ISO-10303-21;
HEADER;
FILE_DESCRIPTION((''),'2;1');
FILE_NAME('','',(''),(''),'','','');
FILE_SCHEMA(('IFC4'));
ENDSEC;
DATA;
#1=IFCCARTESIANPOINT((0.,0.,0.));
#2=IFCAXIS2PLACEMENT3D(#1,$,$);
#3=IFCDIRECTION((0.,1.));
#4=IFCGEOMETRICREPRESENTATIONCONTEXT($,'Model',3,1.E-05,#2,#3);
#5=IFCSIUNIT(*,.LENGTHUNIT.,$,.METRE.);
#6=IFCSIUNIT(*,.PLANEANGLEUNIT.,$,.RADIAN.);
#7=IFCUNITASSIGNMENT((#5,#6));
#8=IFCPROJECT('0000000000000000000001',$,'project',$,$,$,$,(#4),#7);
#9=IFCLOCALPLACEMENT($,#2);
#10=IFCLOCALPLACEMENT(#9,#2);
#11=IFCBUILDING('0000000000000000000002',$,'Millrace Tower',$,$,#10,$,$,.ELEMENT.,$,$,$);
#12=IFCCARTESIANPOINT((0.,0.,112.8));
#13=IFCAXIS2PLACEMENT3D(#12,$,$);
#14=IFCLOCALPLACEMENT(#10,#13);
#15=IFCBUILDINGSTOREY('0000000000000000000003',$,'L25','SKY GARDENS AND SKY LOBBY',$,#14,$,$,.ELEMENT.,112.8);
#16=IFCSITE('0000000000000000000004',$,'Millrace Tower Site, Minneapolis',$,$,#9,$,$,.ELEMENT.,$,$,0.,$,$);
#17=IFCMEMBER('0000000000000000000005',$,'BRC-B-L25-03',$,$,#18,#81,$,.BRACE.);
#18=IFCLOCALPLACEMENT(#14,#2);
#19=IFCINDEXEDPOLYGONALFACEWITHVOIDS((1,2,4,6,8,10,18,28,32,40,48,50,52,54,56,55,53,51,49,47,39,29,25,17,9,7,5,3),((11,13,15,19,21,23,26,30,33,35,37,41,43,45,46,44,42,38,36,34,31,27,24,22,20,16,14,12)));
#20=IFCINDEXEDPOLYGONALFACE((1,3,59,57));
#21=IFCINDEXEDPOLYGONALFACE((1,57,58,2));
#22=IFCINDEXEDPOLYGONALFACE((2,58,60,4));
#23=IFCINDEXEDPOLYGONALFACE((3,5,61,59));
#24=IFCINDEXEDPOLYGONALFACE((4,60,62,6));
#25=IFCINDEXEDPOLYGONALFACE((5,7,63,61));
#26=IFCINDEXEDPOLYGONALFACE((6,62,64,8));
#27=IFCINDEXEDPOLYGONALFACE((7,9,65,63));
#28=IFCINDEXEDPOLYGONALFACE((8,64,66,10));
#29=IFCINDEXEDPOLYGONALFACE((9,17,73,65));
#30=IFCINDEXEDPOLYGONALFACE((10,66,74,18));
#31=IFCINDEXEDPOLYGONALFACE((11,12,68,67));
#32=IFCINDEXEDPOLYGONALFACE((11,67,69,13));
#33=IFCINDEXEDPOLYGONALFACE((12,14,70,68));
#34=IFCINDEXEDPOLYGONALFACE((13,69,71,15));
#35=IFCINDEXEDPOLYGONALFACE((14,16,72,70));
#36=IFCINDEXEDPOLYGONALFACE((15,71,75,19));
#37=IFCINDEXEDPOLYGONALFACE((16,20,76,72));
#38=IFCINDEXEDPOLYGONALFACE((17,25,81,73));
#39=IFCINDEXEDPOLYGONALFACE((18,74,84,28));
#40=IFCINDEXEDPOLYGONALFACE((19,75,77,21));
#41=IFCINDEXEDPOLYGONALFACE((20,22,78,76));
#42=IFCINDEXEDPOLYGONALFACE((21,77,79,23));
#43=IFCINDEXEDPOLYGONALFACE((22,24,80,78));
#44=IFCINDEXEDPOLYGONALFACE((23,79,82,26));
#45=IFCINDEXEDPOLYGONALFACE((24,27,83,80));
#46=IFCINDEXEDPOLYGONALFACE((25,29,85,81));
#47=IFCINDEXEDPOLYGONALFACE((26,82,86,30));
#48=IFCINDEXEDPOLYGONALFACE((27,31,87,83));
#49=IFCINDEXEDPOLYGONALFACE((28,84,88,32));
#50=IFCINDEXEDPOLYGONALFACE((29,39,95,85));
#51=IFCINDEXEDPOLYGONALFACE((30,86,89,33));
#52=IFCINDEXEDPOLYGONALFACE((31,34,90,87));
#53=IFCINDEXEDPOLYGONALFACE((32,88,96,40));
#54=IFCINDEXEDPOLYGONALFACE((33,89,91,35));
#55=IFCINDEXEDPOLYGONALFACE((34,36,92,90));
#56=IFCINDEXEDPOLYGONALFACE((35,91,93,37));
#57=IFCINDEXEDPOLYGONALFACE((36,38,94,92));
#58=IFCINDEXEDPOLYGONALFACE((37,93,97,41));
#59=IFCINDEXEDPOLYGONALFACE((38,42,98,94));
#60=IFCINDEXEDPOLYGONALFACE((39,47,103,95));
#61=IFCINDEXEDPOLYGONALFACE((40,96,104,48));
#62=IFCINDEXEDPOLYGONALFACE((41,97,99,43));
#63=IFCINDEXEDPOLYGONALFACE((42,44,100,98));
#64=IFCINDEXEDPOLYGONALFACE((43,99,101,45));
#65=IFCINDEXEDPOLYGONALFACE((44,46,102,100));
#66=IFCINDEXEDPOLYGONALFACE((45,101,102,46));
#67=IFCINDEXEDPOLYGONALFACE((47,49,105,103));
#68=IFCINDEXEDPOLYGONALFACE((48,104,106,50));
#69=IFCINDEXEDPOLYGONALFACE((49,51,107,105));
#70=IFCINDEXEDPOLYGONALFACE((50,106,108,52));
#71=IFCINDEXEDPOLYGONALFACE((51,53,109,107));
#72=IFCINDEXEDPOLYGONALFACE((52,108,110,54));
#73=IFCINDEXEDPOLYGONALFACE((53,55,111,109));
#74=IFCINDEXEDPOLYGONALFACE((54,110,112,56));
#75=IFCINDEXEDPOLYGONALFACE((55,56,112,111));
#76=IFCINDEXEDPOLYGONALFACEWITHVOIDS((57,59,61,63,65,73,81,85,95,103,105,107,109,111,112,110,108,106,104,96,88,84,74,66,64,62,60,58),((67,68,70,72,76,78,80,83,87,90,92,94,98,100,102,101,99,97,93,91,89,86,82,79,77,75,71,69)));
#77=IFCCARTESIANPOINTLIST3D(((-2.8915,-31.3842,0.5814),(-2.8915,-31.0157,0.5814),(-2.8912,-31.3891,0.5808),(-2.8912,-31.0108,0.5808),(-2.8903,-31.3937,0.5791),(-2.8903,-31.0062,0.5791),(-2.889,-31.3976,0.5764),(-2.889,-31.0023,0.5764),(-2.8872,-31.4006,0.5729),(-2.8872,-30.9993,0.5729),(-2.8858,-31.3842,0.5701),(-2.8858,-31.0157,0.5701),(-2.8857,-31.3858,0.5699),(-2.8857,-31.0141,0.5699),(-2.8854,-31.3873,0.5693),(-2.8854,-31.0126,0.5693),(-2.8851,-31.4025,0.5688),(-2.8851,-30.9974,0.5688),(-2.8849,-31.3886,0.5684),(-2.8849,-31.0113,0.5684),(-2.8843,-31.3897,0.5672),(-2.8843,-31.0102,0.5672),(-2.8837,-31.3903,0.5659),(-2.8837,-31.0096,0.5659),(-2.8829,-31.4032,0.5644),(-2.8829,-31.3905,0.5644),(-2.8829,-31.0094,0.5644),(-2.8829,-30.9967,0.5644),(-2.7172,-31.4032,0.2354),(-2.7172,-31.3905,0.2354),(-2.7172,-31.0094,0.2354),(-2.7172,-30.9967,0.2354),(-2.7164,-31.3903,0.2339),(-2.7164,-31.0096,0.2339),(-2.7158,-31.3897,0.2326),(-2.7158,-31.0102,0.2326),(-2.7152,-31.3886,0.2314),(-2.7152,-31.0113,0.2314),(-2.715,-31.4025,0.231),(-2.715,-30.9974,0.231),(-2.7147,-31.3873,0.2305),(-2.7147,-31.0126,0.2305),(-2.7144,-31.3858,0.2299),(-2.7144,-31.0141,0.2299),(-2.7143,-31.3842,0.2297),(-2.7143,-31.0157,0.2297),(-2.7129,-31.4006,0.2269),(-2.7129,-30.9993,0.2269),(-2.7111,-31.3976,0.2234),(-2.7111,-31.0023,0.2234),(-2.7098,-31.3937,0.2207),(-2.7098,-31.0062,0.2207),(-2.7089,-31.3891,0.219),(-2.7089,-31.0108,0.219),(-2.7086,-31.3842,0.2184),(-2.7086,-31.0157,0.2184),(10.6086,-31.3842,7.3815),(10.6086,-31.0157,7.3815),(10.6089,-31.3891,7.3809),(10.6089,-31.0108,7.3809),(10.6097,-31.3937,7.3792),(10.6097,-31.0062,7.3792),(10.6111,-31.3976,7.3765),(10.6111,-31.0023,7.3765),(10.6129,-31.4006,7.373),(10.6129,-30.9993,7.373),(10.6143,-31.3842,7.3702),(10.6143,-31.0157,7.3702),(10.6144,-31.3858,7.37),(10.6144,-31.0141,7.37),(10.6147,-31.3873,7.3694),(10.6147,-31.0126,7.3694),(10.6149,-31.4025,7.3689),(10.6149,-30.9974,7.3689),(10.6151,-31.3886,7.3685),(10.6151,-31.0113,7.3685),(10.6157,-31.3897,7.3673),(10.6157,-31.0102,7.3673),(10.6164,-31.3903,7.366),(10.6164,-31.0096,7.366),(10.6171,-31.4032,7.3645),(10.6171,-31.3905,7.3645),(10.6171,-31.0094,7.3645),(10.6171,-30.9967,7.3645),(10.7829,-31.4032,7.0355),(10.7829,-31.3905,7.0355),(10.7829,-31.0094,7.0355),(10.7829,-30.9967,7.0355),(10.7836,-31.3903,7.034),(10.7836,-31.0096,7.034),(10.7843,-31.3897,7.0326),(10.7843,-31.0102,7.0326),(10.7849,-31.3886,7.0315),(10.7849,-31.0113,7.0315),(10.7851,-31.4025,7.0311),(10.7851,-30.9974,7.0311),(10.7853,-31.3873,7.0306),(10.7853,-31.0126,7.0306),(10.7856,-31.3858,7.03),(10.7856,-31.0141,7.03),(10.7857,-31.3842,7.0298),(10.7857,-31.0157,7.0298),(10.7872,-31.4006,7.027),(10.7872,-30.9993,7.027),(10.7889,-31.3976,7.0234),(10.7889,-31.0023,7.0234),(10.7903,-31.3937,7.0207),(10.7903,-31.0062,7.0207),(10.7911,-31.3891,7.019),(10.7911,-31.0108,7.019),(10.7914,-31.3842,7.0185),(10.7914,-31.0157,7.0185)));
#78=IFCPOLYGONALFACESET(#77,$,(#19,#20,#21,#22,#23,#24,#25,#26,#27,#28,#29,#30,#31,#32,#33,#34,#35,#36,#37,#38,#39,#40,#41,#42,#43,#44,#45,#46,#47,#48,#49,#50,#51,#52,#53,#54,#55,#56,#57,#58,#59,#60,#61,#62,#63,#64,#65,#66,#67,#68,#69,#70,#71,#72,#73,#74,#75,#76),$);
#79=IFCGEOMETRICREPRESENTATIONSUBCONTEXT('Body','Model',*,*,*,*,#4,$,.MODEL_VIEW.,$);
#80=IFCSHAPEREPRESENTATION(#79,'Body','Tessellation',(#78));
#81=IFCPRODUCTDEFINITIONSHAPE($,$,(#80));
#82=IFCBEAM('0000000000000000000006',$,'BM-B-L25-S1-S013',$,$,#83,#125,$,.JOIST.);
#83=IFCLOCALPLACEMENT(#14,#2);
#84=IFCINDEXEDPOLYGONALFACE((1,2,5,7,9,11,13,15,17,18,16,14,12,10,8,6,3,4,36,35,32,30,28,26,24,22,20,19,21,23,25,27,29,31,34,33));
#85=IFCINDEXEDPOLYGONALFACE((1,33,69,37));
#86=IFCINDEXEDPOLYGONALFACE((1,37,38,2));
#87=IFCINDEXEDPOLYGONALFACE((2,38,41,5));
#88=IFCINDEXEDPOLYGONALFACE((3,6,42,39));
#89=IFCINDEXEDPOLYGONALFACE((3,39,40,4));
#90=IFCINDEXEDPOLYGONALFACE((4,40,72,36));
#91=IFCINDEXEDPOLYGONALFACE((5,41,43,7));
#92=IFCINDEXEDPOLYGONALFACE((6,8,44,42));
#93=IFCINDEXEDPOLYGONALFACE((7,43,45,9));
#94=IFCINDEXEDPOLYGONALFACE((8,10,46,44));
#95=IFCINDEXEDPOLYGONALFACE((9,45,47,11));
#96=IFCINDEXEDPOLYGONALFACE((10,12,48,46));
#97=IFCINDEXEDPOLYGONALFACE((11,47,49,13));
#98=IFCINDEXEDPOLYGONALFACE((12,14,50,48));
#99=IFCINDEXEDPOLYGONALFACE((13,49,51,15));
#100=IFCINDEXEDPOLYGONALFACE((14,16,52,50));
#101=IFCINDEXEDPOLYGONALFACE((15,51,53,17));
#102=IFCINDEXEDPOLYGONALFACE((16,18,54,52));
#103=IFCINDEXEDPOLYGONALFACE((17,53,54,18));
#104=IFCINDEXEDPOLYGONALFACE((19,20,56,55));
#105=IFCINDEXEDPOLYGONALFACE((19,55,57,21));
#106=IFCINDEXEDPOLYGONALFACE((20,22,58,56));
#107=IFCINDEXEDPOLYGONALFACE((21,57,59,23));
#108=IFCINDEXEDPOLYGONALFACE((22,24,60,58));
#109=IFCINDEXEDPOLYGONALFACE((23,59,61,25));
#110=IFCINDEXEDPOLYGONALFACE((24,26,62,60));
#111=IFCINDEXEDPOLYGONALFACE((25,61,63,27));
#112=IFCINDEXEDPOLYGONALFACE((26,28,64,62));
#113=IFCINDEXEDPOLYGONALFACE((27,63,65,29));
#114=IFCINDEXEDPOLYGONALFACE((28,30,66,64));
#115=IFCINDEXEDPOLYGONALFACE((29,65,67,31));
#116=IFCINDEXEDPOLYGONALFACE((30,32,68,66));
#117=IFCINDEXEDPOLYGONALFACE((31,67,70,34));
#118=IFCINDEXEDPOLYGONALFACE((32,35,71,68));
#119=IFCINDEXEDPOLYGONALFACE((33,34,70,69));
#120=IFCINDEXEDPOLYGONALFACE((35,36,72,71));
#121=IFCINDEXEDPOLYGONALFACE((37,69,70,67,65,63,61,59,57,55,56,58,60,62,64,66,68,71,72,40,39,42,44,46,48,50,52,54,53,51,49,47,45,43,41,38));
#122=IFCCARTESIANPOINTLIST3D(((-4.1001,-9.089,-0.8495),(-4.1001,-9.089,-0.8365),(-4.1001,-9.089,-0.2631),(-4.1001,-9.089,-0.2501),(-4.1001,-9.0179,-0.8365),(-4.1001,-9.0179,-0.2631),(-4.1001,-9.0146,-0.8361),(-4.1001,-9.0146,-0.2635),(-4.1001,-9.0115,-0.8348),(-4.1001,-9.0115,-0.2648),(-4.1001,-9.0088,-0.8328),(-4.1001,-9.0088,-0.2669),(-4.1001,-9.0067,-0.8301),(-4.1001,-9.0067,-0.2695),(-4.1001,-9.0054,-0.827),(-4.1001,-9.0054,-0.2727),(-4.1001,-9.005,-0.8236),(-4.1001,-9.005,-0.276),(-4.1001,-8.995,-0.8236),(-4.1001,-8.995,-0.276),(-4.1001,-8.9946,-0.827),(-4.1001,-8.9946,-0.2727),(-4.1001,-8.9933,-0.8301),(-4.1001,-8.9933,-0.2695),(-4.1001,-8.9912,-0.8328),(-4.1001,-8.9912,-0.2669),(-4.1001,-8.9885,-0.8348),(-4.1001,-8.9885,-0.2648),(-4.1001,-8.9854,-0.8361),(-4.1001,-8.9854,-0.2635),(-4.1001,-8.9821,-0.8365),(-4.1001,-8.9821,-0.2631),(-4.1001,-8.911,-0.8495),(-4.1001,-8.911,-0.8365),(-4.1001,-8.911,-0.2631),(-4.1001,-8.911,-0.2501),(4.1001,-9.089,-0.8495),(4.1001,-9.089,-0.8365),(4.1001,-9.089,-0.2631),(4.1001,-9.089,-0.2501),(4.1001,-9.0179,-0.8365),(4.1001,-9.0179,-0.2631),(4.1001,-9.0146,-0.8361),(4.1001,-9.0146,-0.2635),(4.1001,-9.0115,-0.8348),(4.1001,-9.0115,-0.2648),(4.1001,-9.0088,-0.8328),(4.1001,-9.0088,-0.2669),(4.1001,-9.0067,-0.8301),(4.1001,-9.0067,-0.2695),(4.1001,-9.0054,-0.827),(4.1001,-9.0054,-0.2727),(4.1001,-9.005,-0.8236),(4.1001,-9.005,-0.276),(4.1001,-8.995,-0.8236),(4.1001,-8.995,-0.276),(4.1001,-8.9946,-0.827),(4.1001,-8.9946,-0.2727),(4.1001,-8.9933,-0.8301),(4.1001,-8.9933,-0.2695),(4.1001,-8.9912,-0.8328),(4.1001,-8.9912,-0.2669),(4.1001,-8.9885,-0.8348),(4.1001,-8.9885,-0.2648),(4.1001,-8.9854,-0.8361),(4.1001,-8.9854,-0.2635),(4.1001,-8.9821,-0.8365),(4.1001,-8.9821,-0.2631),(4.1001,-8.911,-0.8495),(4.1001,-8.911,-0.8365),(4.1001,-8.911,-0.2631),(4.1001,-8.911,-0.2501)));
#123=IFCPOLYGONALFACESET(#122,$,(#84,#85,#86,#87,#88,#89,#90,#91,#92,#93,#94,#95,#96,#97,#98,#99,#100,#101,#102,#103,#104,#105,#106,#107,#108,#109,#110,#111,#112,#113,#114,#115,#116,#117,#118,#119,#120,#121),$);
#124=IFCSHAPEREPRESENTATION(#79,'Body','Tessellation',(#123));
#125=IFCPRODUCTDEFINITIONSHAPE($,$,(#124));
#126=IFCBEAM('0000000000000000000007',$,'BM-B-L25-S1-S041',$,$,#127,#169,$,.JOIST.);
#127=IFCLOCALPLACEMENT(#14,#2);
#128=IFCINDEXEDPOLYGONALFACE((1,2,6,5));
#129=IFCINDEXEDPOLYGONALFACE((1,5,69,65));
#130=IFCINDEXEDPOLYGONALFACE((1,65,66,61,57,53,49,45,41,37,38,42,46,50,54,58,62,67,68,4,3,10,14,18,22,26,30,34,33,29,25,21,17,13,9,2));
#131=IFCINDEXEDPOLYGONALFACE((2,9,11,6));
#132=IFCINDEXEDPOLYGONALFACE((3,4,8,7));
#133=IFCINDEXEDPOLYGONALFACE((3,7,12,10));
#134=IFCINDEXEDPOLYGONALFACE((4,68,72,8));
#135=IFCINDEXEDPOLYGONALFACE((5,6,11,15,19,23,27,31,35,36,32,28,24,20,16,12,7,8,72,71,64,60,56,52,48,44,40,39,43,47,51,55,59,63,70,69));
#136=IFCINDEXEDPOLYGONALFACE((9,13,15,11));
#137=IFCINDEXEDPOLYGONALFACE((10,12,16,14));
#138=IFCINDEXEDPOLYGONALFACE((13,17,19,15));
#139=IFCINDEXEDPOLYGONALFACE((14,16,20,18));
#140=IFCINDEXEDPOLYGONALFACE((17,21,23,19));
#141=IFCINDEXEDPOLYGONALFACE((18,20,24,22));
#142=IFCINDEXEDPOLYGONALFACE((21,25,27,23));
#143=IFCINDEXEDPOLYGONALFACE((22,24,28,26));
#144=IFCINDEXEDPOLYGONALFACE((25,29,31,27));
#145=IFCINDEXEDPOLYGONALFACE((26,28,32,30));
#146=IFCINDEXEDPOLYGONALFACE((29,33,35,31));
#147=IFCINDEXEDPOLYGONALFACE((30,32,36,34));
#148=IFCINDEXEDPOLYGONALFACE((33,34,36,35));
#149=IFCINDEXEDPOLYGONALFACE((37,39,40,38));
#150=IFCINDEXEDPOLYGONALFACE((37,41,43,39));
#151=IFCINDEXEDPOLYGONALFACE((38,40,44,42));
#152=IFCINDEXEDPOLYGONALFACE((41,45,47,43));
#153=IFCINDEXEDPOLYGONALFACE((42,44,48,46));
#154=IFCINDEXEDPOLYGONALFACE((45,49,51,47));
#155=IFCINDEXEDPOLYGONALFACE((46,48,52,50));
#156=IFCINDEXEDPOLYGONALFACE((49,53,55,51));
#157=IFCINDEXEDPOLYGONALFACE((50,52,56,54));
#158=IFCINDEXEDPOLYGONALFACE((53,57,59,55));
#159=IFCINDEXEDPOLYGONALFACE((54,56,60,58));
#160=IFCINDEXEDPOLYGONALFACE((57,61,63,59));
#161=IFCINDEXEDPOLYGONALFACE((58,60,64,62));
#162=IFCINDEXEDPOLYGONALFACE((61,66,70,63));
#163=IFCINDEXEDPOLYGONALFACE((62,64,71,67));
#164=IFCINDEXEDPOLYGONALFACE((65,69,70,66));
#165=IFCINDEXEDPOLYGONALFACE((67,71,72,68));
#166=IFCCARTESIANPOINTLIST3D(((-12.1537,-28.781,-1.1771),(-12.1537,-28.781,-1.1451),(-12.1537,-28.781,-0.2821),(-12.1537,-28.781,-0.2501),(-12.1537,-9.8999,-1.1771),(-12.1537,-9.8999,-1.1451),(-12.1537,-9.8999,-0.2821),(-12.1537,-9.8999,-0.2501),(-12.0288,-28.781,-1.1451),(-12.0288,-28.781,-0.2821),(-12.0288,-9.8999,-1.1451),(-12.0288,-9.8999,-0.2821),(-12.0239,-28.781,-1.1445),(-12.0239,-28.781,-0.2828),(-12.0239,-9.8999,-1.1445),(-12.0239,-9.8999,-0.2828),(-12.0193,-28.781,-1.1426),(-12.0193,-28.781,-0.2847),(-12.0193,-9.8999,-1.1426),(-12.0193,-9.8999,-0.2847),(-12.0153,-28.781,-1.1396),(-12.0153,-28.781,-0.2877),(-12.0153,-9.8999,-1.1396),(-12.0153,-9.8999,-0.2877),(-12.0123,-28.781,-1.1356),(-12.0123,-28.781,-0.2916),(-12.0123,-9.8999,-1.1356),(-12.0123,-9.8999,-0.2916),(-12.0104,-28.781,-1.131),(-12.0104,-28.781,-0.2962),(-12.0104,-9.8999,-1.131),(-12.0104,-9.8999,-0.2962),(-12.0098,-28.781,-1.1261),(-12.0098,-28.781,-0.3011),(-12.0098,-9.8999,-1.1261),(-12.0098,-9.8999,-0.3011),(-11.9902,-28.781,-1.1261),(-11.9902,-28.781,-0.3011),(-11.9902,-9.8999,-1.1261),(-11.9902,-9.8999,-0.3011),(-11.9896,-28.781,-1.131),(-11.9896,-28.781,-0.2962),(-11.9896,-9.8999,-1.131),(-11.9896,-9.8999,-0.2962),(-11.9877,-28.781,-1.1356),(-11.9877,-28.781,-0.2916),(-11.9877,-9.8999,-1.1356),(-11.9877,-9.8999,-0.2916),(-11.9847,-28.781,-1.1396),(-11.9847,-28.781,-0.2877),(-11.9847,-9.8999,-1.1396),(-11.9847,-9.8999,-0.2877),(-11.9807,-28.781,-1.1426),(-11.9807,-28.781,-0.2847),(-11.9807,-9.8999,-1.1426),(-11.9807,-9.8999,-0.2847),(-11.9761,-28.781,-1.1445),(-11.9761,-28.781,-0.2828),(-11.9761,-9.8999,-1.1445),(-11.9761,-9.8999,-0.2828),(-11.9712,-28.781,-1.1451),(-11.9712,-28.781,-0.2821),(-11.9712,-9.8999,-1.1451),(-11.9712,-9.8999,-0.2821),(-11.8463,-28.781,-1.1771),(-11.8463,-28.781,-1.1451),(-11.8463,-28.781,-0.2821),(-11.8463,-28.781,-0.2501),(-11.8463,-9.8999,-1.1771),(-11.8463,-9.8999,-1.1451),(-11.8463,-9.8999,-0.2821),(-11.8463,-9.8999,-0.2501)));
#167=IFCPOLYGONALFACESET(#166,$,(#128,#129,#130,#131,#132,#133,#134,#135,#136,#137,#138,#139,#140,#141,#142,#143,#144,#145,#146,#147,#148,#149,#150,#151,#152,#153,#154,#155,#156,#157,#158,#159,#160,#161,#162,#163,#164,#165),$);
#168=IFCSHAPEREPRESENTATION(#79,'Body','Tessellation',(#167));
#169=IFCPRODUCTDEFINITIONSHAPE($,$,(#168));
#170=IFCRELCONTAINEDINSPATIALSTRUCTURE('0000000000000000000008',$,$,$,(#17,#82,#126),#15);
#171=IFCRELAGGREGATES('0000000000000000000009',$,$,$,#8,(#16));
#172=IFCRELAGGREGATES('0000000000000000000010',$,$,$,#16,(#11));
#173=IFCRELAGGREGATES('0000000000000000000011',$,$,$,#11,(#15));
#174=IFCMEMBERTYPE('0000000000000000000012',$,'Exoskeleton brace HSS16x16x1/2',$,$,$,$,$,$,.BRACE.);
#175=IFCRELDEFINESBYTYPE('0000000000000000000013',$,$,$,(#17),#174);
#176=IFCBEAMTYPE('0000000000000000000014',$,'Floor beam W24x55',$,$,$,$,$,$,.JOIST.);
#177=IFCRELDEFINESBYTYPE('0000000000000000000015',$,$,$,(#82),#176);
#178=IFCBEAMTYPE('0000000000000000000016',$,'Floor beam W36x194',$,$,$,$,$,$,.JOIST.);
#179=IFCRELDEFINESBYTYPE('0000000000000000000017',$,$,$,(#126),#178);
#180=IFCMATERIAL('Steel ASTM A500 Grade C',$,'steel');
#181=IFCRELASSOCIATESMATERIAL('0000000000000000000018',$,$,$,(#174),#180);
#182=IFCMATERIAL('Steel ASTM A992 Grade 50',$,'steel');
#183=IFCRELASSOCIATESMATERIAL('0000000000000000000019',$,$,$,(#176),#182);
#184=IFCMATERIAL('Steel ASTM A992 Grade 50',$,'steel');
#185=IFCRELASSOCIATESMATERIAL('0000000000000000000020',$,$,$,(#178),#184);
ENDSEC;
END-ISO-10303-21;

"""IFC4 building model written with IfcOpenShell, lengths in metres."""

from ifc_helpers import new_model, si_unit, direction, frame, origin, origin_2d, place, context, subcontext, project, spatial, hollow_rectangle, i_section, extrude, material, material_profile, profile_set, type_object, element, save


model = new_model("IFC4")

# Units and contexts
model_context = context("Model", 3, precision=1e-05, world=origin(), true_north=direction((0.0, 1.0)))
body_context = subcontext(model_context, "Body", "Model", "MODEL_VIEW")
ifc_project = project(units=[si_unit("LENGTHUNIT", "METRE"), si_unit("PLANEANGLEUNIT", "RADIAN")], contexts=[model_context])

# Site, building, storey
site_placement = place(None, origin())
site = spatial("IfcSite", under=ifc_project, at=site_placement, Name="Millrace Tower Site, Minneapolis", CompositionType="ELEMENT", RefElevation=0.0)
building_placement = place(site_placement, origin())
building = spatial("IfcBuilding", under=site, at=building_placement, Name="Millrace Tower", CompositionType="ELEMENT")
storey_placement = place(building_placement, frame((0.0, 0.0, 112.8)))
storey = spatial("IfcBuildingStorey", under=building, at=storey_placement, Name="L25", Description="SKY GARDENS AND SKY LOBBY", CompositionType="ELEMENT", Elevation=112.8)

# Member
ifc_material_1 = material(Name="Steel ASTM A500 Grade C", Category="steel")
ifc_material_profile_1 = material_profile(ifc_material_1, hollow_rectangle(XDim=0.4065, YDim=0.4065, WallThickness=0.0127, InnerFilletRadius=0.0063, OuterFilletRadius=0.019, at=origin_2d()))
ifc_profile_set_1 = profile_set([ifc_material_profile_1], Name="Steel ASTM A500 Grade C")
member_type_1 = type_object("IfcMemberType", Name="Exoskeleton brace HSS16x16x1/2", PredefinedType="BRACE", material=ifc_profile_set_1)
member_1_placement = place(storey_placement, frame((-2.8, -31.2, 0.3999), z_axis=(0.893099, 0.0, 0.44986), x_axis=(0.0, 1.0, 0.0)))
element("IfcMember", 1, at=member_1_placement, inside=storey, type_object=member_type_1, Name="BRC-B-L25-03", PredefinedType="BRACE", context=body_context, shape_type="SweptSolid", body=[
    extrude(hollow_rectangle(XDim=0.4065, YDim=0.4065, WallThickness=0.0127, InnerFilletRadius=0.0063, OuterFilletRadius=0.019, at=origin_2d()), origin(), (0.0, 0.0, 1.0), 15.116),
])

# Beams
ifc_material_2 = material(Name="Steel ASTM A992 Grade 50", Category="steel")
ifc_material_profile_2 = material_profile(ifc_material_2, i_section(OverallWidth=0.178, OverallDepth=0.5994, WebThickness=0.01, FlangeThickness=0.0129, FilletRadius=0.0129, at=origin_2d()))
ifc_profile_set_2 = profile_set([ifc_material_profile_2], Name="Steel ASTM A992 Grade 50")
beam_type_1 = type_object("IfcBeamType", Name="Floor beam W24x55", PredefinedType="JOIST", material=ifc_profile_set_2)
beam_1_placement = place(storey_placement, frame((-4.1001, -9.0, -0.5498), z_axis=(1.0, 0.0, 0.0), x_axis=(0.0, 1.0, 0.0)))
element("IfcBeam", 2, at=beam_1_placement, inside=storey, type_object=beam_type_1, Name="BM-B-L25-S1-S013", PredefinedType="JOIST", context=body_context, shape_type="SweptSolid", body=[
    extrude(i_section(OverallWidth=0.178, OverallDepth=0.5994, WebThickness=0.01, FlangeThickness=0.0129, FilletRadius=0.0129, at=origin_2d()), origin(), (0.0, 0.0, 1.0), 8.2002),
])
ifc_material_3 = material(Name="Steel ASTM A992 Grade 50", Category="steel")
ifc_material_profile_3 = material_profile(ifc_material_3, i_section(OverallWidth=0.3074, OverallDepth=0.927, WebThickness=0.0195, FlangeThickness=0.032, FilletRadius=0.019, at=origin_2d()))
ifc_profile_set_3 = profile_set([ifc_material_profile_3], Name="Steel ASTM A992 Grade 50")
beam_type_2 = type_object("IfcBeamType", Name="Floor beam W36x194", PredefinedType="JOIST", material=ifc_profile_set_3)
for number, where, z_axis, x_axis, name in (
    (3, (-12.0, -28.781, -0.7136), (0.0, 1.0, 0.0), (-1.0, 0.0, 0.0), "BM-B-L25-S1-S041"),
):
    element("IfcBeam", number, at=place(storey_placement, frame(where, z_axis=z_axis, x_axis=x_axis)), inside=storey, type_object=beam_type_2, Name=name, PredefinedType="JOIST", context=body_context, shape_type="SweptSolid", body=[
        extrude(i_section(OverallWidth=0.3074, OverallDepth=0.927, WebThickness=0.0195, FlangeThickness=0.032, FilletRadius=0.019, at=origin_2d()), origin(), (0.0, 0.0, 1.0), 18.8811),
    ])

save(model, "model.ifc")
